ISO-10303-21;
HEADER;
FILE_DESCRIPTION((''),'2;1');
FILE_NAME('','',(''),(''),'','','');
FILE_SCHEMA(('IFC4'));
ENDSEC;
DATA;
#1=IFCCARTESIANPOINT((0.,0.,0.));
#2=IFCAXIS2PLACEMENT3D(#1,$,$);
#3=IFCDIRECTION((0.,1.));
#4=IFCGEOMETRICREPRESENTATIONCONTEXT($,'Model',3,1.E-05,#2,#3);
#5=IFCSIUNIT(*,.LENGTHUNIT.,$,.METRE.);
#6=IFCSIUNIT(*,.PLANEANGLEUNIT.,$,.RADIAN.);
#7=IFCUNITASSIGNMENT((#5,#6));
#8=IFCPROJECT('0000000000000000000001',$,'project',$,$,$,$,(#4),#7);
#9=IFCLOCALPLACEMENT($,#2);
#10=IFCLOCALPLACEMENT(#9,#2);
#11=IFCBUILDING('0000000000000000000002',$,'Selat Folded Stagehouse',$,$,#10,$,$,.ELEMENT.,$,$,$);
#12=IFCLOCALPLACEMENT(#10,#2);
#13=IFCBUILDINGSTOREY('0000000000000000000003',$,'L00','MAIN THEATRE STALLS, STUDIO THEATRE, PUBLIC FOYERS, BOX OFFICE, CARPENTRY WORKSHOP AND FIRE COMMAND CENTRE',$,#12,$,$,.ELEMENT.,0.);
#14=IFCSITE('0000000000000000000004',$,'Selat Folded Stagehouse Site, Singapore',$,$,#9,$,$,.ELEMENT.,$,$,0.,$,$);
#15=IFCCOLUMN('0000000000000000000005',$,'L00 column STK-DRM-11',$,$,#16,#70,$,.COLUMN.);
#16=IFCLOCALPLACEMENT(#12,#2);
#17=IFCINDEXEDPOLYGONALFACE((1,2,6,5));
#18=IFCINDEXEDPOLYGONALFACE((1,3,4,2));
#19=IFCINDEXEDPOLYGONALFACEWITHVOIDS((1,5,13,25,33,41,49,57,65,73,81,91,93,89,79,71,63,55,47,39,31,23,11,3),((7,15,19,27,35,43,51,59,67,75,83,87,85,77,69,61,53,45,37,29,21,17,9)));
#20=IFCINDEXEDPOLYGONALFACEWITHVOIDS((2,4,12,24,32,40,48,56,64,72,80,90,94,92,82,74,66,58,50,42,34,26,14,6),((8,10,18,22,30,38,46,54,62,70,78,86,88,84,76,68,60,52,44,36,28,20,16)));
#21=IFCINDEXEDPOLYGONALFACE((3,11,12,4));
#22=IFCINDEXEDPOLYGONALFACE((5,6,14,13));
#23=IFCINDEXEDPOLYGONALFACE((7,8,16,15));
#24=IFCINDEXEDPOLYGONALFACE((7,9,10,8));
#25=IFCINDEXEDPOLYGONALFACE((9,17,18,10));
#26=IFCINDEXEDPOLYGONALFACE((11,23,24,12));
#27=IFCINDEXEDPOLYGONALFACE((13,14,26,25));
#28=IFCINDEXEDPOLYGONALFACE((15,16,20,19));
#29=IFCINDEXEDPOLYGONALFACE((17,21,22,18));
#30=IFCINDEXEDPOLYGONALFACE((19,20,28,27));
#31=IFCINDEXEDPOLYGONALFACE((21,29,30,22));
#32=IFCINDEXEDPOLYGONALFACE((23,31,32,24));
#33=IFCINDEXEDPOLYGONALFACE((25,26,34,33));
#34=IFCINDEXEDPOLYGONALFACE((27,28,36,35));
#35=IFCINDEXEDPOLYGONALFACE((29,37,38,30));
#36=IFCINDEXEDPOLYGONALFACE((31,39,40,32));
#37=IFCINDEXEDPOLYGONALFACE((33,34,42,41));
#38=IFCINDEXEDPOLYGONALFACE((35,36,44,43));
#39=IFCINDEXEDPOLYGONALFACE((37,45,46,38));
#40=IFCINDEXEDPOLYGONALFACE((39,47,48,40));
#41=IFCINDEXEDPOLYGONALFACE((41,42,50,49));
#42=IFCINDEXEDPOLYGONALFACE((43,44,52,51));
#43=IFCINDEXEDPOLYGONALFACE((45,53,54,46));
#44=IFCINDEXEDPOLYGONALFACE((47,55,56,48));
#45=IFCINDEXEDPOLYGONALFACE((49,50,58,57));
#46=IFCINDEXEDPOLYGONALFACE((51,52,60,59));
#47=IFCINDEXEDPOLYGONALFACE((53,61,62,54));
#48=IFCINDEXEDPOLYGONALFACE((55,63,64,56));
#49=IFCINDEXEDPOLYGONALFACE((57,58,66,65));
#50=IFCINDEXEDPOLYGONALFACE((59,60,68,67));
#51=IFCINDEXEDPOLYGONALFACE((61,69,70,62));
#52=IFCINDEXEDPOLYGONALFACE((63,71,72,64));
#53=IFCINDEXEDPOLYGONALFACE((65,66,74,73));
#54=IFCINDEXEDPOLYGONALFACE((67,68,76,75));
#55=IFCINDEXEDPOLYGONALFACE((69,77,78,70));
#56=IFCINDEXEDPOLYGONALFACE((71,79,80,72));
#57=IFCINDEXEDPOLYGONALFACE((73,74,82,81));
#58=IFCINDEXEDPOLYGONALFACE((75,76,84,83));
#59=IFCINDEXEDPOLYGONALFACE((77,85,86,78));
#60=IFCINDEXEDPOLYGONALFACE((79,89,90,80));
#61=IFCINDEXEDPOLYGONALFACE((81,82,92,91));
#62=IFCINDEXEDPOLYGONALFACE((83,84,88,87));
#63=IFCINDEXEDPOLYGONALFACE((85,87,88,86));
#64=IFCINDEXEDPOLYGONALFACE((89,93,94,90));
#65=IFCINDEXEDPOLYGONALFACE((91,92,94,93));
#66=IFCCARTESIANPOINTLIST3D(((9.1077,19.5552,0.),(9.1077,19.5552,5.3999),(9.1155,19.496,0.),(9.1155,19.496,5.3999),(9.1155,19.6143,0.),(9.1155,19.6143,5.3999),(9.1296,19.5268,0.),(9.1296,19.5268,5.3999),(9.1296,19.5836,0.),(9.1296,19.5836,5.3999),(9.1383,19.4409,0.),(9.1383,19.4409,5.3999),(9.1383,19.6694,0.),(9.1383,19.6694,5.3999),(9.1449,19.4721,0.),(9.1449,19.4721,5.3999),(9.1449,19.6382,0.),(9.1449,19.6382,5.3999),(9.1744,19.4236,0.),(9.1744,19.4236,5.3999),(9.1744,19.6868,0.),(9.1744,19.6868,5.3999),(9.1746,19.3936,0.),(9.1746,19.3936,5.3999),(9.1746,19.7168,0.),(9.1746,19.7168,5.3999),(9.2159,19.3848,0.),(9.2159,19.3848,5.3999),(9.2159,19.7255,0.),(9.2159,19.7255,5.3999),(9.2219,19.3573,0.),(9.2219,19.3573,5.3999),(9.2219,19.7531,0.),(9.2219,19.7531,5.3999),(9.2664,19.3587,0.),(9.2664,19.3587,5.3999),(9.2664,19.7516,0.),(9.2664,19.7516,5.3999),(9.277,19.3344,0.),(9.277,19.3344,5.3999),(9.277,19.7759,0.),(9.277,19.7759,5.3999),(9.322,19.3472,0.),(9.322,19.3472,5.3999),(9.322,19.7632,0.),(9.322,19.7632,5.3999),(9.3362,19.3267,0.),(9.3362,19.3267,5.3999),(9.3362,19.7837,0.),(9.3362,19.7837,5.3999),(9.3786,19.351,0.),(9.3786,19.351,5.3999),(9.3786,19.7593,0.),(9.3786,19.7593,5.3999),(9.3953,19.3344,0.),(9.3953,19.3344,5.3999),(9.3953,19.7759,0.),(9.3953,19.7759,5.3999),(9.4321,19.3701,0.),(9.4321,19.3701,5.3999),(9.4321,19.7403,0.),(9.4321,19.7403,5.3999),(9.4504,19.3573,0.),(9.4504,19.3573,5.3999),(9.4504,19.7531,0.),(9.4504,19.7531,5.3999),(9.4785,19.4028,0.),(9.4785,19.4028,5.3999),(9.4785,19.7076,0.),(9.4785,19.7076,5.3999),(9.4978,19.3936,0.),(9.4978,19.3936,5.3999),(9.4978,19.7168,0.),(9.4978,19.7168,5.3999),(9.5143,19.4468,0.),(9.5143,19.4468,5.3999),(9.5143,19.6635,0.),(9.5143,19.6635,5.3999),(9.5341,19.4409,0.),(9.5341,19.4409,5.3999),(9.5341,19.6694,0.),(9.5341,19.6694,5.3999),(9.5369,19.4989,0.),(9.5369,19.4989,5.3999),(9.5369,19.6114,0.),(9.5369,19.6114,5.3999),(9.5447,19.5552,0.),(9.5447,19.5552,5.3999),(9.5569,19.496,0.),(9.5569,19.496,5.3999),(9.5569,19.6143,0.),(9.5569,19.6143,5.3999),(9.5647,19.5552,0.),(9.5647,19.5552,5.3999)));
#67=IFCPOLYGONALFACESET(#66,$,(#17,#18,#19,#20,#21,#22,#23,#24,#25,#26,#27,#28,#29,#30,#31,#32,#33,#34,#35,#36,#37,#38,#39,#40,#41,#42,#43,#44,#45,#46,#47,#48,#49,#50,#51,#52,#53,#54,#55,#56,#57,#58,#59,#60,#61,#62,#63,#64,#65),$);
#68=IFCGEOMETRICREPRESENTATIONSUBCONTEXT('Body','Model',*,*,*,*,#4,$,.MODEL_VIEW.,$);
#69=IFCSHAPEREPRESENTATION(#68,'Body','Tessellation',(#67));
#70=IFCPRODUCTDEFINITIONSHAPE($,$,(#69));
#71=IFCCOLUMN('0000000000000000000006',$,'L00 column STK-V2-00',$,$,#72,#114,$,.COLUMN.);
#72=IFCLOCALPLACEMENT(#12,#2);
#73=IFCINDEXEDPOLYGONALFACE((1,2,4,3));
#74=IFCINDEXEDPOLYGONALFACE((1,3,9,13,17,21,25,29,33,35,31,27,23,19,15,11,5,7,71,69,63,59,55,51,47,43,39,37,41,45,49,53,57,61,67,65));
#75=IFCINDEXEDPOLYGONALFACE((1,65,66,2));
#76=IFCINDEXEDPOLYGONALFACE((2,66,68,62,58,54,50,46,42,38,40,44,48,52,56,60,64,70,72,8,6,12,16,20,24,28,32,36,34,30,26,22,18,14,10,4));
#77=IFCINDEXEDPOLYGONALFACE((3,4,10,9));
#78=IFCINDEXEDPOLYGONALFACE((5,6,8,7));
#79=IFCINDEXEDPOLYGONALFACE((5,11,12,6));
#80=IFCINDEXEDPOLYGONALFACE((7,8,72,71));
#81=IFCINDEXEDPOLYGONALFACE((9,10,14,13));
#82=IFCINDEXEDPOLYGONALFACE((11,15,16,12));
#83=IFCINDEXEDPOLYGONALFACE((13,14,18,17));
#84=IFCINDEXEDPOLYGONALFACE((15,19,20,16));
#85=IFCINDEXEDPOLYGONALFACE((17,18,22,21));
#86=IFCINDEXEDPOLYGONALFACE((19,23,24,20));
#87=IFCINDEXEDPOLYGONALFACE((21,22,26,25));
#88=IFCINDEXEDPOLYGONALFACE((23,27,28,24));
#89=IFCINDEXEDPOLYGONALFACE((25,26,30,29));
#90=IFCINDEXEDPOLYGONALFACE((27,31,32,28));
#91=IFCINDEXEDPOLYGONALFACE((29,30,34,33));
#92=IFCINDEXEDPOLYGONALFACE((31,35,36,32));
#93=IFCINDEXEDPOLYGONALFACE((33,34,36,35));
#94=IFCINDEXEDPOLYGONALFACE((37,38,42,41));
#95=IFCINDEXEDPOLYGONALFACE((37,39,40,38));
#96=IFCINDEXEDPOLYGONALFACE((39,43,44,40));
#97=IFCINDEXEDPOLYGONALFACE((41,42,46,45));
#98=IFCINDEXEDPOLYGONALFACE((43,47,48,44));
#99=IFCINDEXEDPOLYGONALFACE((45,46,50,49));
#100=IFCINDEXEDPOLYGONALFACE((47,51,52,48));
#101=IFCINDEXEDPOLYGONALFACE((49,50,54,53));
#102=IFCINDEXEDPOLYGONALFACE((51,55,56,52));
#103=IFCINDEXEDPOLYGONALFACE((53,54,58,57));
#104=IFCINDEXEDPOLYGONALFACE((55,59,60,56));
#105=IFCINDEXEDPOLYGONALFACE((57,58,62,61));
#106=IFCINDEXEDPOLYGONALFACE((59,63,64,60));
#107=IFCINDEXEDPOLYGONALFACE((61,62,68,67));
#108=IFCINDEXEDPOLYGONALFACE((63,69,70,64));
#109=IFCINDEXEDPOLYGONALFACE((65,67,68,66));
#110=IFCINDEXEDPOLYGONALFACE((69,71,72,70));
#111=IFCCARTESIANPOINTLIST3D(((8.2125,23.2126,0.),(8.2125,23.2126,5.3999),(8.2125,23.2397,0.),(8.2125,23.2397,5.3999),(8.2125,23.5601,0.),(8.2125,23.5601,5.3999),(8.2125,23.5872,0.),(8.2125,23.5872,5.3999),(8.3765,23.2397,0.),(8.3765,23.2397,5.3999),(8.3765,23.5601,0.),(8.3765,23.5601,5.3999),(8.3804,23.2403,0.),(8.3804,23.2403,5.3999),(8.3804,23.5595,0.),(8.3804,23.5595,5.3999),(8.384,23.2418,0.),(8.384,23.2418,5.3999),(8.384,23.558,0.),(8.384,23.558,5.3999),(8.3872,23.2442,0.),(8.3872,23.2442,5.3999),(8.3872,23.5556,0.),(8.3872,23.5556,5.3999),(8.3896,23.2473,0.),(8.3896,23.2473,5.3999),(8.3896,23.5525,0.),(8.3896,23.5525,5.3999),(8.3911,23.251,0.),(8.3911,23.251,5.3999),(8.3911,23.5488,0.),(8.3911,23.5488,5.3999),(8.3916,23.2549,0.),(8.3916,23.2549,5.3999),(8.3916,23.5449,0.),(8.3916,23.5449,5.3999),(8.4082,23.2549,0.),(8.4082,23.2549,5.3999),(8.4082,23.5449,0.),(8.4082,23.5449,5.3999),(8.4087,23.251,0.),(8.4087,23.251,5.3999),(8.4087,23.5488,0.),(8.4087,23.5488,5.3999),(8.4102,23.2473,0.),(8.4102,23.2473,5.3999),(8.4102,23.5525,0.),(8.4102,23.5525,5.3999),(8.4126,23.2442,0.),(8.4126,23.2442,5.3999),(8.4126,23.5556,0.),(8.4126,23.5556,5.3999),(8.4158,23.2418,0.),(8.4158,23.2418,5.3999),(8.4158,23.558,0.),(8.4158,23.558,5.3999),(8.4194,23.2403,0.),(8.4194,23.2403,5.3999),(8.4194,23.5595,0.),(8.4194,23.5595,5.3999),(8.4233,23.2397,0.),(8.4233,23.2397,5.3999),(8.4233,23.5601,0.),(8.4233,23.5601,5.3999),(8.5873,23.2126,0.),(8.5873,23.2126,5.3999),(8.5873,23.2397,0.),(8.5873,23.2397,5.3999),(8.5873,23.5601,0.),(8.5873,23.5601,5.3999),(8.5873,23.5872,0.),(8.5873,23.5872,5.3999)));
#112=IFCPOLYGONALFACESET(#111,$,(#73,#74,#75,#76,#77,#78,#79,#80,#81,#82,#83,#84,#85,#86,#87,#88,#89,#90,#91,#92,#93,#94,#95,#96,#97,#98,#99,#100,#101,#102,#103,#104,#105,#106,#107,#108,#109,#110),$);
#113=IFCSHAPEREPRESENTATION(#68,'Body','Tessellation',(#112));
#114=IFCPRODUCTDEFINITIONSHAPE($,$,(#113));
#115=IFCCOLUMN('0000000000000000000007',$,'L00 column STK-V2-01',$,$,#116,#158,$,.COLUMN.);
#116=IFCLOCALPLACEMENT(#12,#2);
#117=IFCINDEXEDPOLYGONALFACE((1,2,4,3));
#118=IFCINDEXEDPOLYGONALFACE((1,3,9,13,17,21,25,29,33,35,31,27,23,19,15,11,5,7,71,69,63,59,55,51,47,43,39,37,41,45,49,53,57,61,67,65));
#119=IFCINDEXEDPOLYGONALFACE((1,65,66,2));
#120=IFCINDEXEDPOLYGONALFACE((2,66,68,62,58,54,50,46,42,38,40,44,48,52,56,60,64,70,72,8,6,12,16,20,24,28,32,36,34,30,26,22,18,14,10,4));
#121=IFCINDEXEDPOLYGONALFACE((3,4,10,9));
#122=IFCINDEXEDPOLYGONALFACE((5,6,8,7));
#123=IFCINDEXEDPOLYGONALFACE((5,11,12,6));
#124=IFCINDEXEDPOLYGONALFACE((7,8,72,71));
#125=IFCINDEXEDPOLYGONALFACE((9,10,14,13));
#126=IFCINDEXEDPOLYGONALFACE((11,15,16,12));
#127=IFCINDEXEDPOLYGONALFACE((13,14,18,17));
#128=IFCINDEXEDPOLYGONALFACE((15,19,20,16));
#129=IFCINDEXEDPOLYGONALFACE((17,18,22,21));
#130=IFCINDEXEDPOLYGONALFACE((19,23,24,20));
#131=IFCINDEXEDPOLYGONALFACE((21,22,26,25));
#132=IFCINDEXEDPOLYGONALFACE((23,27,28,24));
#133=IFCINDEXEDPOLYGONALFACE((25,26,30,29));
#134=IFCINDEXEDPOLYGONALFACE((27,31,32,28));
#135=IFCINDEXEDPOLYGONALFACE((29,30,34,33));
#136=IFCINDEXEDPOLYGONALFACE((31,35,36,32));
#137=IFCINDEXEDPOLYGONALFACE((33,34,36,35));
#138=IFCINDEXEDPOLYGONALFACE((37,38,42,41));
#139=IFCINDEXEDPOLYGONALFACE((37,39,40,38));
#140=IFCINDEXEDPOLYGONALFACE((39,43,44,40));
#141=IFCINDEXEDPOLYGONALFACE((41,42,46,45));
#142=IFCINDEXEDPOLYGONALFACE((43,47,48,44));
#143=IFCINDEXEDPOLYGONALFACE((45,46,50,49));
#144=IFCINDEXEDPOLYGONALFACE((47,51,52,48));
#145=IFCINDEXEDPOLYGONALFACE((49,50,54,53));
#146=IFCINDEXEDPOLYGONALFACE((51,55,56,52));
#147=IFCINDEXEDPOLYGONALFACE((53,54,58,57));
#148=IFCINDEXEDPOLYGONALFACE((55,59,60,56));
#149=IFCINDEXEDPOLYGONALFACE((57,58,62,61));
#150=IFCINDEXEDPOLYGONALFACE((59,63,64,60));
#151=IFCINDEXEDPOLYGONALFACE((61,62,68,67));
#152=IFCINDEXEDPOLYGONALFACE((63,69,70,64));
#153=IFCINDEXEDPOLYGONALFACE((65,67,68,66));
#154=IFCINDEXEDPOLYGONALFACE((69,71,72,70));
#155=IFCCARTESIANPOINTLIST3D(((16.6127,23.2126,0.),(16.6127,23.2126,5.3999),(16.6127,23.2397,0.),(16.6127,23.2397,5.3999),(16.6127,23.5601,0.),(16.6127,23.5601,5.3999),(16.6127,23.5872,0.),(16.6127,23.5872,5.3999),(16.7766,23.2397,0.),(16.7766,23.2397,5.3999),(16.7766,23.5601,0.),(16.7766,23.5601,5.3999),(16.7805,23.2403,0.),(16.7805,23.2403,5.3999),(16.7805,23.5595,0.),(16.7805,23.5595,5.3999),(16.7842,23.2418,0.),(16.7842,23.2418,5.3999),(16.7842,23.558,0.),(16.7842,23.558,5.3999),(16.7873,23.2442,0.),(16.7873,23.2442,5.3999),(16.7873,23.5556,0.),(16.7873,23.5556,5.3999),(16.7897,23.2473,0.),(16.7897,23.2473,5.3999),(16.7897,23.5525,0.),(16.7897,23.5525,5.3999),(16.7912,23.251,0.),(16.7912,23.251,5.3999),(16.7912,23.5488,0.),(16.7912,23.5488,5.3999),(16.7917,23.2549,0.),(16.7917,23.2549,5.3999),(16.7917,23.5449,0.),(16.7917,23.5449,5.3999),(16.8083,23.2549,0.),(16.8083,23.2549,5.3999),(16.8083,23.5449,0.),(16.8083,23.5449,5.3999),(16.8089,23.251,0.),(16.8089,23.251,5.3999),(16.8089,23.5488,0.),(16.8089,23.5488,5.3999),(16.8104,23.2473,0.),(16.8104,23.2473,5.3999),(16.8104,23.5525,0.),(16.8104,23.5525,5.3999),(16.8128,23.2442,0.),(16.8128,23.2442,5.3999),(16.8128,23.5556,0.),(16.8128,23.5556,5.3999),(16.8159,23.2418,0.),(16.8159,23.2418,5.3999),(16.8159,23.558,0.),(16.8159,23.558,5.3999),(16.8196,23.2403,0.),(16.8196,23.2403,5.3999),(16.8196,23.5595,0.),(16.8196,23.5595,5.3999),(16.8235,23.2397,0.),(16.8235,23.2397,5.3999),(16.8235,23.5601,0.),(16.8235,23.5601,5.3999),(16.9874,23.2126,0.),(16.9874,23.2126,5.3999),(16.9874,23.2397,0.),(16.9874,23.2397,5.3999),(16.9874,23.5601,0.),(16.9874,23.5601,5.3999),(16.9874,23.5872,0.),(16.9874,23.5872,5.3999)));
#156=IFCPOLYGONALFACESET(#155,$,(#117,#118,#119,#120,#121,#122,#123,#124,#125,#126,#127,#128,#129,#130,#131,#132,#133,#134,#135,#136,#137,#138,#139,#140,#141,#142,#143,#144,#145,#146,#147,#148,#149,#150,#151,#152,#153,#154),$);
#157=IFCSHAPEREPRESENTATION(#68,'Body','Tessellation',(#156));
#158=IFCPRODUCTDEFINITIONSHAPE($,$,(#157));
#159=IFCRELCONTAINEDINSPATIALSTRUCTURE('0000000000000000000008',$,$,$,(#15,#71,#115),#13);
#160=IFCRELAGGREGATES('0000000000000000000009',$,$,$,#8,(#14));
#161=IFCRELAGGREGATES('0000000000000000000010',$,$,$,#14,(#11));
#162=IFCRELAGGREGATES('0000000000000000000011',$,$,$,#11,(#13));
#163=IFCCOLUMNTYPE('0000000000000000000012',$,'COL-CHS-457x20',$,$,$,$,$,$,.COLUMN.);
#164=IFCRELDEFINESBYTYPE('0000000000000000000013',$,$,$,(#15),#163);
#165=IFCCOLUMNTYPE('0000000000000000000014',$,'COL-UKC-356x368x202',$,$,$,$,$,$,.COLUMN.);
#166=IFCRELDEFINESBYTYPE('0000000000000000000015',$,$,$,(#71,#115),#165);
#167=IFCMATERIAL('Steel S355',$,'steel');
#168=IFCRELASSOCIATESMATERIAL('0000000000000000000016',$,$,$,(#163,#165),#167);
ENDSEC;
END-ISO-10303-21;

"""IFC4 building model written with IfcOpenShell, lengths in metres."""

from ifc_helpers import new_model, si_unit, direction, frame, origin, origin_2d, place, context, subcontext, project, spatial, hollow_circle, i_section, extrude, material, material_profile, profile_set, type_object, element, save


model = new_model("IFC4")

# Units and contexts
model_context = context("Model", 3, precision=1e-05, world=origin(), true_north=direction((0.0, 1.0)))
body_context = subcontext(model_context, "Body", "Model", "MODEL_VIEW")
ifc_project = project(units=[si_unit("LENGTHUNIT", "METRE"), si_unit("PLANEANGLEUNIT", "RADIAN")], contexts=[model_context])

# Site, building, storey
site_placement = place(None, origin())
site = spatial("IfcSite", under=ifc_project, at=site_placement, Name="Selat Folded Stagehouse Site, Singapore", CompositionType="ELEMENT", RefElevation=0.0)
building_placement = place(site_placement, origin())
building = spatial("IfcBuilding", under=site, at=building_placement, Name="Selat Folded Stagehouse", CompositionType="ELEMENT")
storey_placement = place(building_placement, origin())
storey = spatial("IfcBuildingStorey", under=building, at=storey_placement, Name="L00", Description="MAIN THEATRE STALLS, STUDIO THEATRE, PUBLIC FOYERS, BOX OFFICE, CARPENTRY WORKSHOP AND FIRE COMMAND CENTRE", CompositionType="ELEMENT", Elevation=0.0)

# Columns
ifc_material_1 = material(Name="Steel S355", Category="steel")
ifc_material_profile_1 = material_profile(ifc_material_1, hollow_circle(Radius=0.2285, WallThickness=0.02, at=origin_2d()), Name="CHS 457.0x20.0")
ifc_profile_set_1 = profile_set([ifc_material_profile_1], Name="Steel S355")
column_type_1 = type_object("IfcColumnType", Name="COL-CHS-457x20", PredefinedType="COLUMN", material=ifc_profile_set_1)
column_placement = place(storey_placement, frame((9.3362, 19.5552, 0.0), z_axis=(0.0, 0.0, 1.0), x_axis=(1.0, 0.0, 0.0)))
element("IfcColumn", 1, at=column_placement, inside=storey, type_object=column_type_1, Name="L00 column STK-DRM-11", PredefinedType="COLUMN", context=body_context, shape_type="SweptSolid", body=[
    extrude(hollow_circle(Radius=0.2285, WallThickness=0.02, at=origin_2d()), origin(), (0.0, 0.0, 1.0), 5.3999),
])
ifc_material_profile_2 = material_profile(ifc_material_1, i_section(OverallWidth=0.3748, OverallDepth=0.3745, WebThickness=0.0166, FlangeThickness=0.0271, FilletRadius=0.0151, at=origin_2d()), Name="UKC 356x368x202")
ifc_profile_set_2 = profile_set([ifc_material_profile_2], Name="Steel S355")
column_type_2 = type_object("IfcColumnType", Name="COL-UKC-356x368x202", PredefinedType="COLUMN", material=ifc_profile_set_2)
for number, where, z_axis, x_axis, name in (
    (2, (8.3999, 23.3999, 0.0), (0.0, 0.0, 1.0), (1.0, 0.0, 0.0), "L00 column STK-V2-00"),
    (3, (16.8, 23.3999, 0.0), (0.0, 0.0, 1.0), (1.0, 0.0, 0.0), "L00 column STK-V2-01"),
):
    element("IfcColumn", number, at=place(storey_placement, frame(where, z_axis=z_axis, x_axis=x_axis)), inside=storey, type_object=column_type_2, Name=name, PredefinedType="COLUMN", context=body_context, shape_type="SweptSolid", body=[
        extrude(i_section(OverallWidth=0.3748, OverallDepth=0.3745, WebThickness=0.0166, FlangeThickness=0.0271, FilletRadius=0.0151, at=origin_2d()), origin(), (0.0, 0.0, 1.0), 5.3999),
    ])

save(model, "model.ifc")
